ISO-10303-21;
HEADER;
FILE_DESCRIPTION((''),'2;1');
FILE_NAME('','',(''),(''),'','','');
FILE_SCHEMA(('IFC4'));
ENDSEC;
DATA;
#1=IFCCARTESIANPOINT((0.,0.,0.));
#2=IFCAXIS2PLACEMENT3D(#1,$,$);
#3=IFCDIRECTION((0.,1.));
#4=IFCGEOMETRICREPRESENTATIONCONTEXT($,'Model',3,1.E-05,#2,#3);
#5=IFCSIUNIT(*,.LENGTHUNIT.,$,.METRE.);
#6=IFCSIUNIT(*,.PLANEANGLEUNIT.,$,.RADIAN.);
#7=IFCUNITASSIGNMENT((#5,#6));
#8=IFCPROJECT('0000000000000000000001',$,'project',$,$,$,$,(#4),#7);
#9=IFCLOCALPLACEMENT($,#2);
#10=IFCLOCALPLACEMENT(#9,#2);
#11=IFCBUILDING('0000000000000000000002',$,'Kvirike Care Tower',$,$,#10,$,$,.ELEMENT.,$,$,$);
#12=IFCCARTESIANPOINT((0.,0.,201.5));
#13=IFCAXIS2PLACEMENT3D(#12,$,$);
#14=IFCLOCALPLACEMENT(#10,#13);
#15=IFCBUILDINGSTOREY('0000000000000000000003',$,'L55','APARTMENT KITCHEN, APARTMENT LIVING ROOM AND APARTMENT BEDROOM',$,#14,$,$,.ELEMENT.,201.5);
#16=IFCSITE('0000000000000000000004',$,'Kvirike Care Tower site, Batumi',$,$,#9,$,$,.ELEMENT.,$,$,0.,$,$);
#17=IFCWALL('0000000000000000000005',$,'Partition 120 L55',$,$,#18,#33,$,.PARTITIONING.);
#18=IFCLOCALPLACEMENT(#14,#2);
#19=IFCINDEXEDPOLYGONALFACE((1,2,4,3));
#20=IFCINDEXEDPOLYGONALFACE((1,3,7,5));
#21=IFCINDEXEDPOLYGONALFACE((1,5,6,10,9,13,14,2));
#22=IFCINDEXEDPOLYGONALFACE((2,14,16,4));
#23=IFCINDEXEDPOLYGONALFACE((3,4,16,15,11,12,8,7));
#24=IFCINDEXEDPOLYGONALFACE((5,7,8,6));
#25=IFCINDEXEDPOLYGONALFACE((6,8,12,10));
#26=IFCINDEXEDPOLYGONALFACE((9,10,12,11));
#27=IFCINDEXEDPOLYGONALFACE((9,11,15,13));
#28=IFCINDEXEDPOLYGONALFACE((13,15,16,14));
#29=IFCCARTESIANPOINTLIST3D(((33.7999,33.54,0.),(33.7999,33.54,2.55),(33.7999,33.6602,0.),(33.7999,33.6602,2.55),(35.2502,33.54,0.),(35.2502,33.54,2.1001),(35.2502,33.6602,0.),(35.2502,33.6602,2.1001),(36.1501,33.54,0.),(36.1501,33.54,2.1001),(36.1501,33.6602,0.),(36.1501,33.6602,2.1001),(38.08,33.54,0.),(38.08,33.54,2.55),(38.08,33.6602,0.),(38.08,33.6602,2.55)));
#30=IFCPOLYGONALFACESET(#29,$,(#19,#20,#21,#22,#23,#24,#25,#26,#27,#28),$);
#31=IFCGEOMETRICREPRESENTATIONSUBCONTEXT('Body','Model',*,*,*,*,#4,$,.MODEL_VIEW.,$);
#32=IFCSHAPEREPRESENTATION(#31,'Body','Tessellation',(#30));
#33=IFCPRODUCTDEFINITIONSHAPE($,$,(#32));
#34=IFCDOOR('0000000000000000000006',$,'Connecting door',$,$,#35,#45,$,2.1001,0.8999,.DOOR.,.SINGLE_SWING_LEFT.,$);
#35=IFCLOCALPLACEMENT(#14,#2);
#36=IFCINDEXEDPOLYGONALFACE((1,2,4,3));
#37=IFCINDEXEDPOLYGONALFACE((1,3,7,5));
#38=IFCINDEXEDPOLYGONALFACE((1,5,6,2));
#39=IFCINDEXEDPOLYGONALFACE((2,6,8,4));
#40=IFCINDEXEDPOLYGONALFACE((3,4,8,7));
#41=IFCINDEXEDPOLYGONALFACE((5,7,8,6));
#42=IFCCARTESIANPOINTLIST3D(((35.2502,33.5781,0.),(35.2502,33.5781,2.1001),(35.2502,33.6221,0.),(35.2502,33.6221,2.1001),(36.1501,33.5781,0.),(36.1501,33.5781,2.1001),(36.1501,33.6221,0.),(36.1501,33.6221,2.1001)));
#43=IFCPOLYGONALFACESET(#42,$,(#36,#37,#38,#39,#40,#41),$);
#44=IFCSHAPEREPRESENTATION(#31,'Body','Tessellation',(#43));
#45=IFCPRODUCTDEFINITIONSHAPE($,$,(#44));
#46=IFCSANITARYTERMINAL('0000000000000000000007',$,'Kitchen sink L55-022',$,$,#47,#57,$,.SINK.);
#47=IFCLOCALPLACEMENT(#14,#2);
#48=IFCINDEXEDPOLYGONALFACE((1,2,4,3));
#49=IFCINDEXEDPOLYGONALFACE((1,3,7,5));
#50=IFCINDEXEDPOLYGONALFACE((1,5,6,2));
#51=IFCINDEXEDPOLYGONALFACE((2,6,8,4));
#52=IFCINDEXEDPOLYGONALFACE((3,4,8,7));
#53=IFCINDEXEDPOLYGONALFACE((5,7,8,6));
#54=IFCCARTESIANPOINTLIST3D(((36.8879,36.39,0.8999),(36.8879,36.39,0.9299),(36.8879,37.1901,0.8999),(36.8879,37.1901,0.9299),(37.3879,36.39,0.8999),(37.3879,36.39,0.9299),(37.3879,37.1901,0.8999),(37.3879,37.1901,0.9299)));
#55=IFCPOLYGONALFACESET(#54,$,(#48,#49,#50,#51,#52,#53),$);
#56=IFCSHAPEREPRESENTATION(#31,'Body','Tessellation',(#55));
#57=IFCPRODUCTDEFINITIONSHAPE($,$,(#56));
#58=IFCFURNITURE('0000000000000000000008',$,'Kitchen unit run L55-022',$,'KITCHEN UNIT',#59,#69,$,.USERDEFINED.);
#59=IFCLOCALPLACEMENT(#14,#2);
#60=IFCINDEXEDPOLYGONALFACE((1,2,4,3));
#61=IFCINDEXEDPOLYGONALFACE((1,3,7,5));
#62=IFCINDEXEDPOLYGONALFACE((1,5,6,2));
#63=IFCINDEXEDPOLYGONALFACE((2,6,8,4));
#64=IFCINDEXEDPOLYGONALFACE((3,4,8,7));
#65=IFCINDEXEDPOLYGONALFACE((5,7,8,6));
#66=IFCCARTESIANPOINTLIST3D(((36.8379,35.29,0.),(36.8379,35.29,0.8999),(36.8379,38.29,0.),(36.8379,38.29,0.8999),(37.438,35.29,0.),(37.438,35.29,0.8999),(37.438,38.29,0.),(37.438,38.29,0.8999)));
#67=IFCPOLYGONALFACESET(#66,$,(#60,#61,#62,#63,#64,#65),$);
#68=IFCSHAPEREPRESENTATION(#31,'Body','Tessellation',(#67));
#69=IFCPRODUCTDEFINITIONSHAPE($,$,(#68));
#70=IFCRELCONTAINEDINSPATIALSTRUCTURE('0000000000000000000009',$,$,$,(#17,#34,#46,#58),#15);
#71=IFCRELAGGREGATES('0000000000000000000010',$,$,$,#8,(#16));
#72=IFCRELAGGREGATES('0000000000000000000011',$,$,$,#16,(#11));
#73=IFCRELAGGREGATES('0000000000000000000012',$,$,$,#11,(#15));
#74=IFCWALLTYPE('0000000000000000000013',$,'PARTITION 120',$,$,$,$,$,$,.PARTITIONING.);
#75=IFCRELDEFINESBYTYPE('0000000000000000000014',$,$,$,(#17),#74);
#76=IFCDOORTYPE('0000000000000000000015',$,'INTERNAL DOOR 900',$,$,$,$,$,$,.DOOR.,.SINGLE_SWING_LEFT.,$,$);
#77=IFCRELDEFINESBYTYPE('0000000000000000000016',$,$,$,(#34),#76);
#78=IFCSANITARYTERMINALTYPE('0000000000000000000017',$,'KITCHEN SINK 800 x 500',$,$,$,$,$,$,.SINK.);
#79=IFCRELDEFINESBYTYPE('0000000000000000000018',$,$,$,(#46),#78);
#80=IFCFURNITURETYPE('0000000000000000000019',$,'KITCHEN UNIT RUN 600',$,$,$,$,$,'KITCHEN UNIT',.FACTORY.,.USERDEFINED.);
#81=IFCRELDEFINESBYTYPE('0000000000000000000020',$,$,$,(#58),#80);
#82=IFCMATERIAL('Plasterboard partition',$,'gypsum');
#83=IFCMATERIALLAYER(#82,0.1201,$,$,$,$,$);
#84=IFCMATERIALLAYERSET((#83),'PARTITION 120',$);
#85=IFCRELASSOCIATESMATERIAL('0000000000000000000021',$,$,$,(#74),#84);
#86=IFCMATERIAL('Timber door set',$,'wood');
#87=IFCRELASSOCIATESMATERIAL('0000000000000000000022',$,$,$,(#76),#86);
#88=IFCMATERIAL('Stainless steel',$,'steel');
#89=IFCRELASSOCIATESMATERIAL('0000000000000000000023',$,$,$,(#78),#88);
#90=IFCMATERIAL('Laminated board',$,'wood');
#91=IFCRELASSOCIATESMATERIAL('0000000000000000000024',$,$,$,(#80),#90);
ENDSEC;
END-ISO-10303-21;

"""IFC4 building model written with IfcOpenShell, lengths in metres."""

from ifc_helpers import new_model, si_unit, direction, frame, frame_2d, origin, origin_2d, place, context, subcontext, project, spatial, rectangle, extrude, material, layer, layer_set, type_object, element, fill, save


model = new_model("IFC4")

# Units and contexts
model_context = context("Model", 3, precision=1e-05, world=origin(), true_north=direction((0.0, 1.0)))
body_context = subcontext(model_context, "Body", "Model", "MODEL_VIEW")
ifc_project = project(units=[si_unit("LENGTHUNIT", "METRE"), si_unit("PLANEANGLEUNIT", "RADIAN")], contexts=[model_context])

# Site, building, storey
site_placement = place(None, origin())
site = spatial("IfcSite", under=ifc_project, at=site_placement, Name="Kvirike Care Tower site, Batumi", CompositionType="ELEMENT", RefElevation=0.0)
building_placement = place(site_placement, origin())
building = spatial("IfcBuilding", under=site, at=building_placement, Name="Kvirike Care Tower", CompositionType="ELEMENT")
storey_placement = place(building_placement, frame((0.0, 0.0, 201.5)))
storey = spatial("IfcBuildingStorey", under=building, at=storey_placement, Name="L55", Description="APARTMENT KITCHEN, APARTMENT LIVING ROOM AND APARTMENT BEDROOM", CompositionType="ELEMENT", Elevation=201.5)

# Wall, opening, door
ifc_material_1 = material(Name="Plasterboard partition", Category="gypsum")
ifc_layer_1 = layer(ifc_material_1, 0.1201)
ifc_layer_set_1 = layer_set([ifc_layer_1], Name="PARTITION 120")
wall_type = type_object("IfcWallType", Name="PARTITION 120", PredefinedType="PARTITIONING", material=ifc_layer_set_1)
ifc_material_2 = material(Name="Timber door set", Category="wood")
door_type = type_object("IfcDoorType", Name="INTERNAL DOOR 900", OperationType="SINGLE_SWING_LEFT", PredefinedType="DOOR", material=ifc_material_2)
wall_1_placement = place(storey_placement, frame((38.0801, 33.6001, 0.0), z_axis=(0.0, 0.0, 1.0), x_axis=(-1.0, 0.0, 0.0)))
wall_1 = element("IfcWall", 1, at=wall_1_placement, inside=storey, type_object=wall_type, Name="Partition 120 L55", PredefinedType="PARTITIONING", context=body_context, shape_type="SweptSolid", body=[
    extrude(rectangle(XDim=4.28, YDim=0.1201, at=frame_2d((2.1401, 0.0))), origin(), (0.0, 0.0, 1.0), 2.55),
])
opening_1_placement = place(wall_1_placement, frame((1.9299, 0.0, 0.0)))
opening_1 = element("IfcOpeningElement", 2, at=opening_1_placement, cuts=wall_1, PredefinedType="OPENING", context=body_context, shape_type="SweptSolid", body=[
    extrude(rectangle(XDim=0.8999, YDim=2.1001, at=frame_2d((0.45, 1.05))), frame((0.0, 0.0706, 0.0), z_axis=(0.0, -1.0, 0.0), x_axis=(1.0, 0.0, 0.0)), (0.0, 0.0, 1.0), 0.1411),
])
door_1_placement = place(opening_1_placement, origin())
door_1 = element("IfcDoor", 3, at=door_1_placement, inside=storey, type_object=door_type, Name="Connecting door", OperationType="SINGLE_SWING_LEFT", OverallHeight=2.1001, OverallWidth=0.8999, PredefinedType="DOOR", context=body_context, shape_type="SweptSolid", body=[
    extrude(rectangle(XDim=0.8999, YDim=2.1001, at=frame_2d((0.45, 1.05))), frame((0.0, 0.022, 0.0), z_axis=(0.0, -1.0, 0.0), x_axis=(1.0, 0.0, 0.0)), (0.0, 0.0, 1.0), 0.0439),
])
fill(opening_1, door_1)

# Sanitary terminal
ifc_material_3 = material(Name="Stainless steel", Category="steel")
sanitary_terminal_type = type_object("IfcSanitaryTerminalType", Name="KITCHEN SINK 800 x 500", PredefinedType="SINK", material=ifc_material_3)
sanitary_terminal_placement = place(storey_placement, frame((37.1379, 36.79, 0.8999), z_axis=(0.0, 0.0, 1.0), x_axis=(0.0, -1.0, 0.0)))
element("IfcSanitaryTerminal", 4, at=sanitary_terminal_placement, inside=storey, type_object=sanitary_terminal_type, Name="Kitchen sink L55-022", PredefinedType="SINK", context=body_context, shape_type="SweptSolid", body=[
    extrude(rectangle(XDim=0.8, YDim=0.5, at=origin_2d()), origin(), (0.0, 0.0, 1.0), 0.03),
])

# Furniture
ifc_material_4 = material(Name="Laminated board", Category="wood")
furniture_type = type_object("IfcFurnitureType", Name="KITCHEN UNIT RUN 600", ElementType="KITCHEN UNIT", AssemblyPlace="FACTORY", PredefinedType="USERDEFINED", material=ifc_material_4)
furniture_placement = place(storey_placement, frame((37.1379, 36.79, 0.0), z_axis=(0.0, 0.0, 1.0), x_axis=(0.0, -1.0, 0.0)))
element("IfcFurniture", 5, at=furniture_placement, inside=storey, type_object=furniture_type, Name="Kitchen unit run L55-022", ObjectType="KITCHEN UNIT", PredefinedType="USERDEFINED", context=body_context, shape_type="SweptSolid", body=[
    extrude(rectangle(XDim=3.0, YDim=0.6001, at=origin_2d()), origin(), (0.0, 0.0, 1.0), 0.8999),
])

save(model, "model.ifc")
